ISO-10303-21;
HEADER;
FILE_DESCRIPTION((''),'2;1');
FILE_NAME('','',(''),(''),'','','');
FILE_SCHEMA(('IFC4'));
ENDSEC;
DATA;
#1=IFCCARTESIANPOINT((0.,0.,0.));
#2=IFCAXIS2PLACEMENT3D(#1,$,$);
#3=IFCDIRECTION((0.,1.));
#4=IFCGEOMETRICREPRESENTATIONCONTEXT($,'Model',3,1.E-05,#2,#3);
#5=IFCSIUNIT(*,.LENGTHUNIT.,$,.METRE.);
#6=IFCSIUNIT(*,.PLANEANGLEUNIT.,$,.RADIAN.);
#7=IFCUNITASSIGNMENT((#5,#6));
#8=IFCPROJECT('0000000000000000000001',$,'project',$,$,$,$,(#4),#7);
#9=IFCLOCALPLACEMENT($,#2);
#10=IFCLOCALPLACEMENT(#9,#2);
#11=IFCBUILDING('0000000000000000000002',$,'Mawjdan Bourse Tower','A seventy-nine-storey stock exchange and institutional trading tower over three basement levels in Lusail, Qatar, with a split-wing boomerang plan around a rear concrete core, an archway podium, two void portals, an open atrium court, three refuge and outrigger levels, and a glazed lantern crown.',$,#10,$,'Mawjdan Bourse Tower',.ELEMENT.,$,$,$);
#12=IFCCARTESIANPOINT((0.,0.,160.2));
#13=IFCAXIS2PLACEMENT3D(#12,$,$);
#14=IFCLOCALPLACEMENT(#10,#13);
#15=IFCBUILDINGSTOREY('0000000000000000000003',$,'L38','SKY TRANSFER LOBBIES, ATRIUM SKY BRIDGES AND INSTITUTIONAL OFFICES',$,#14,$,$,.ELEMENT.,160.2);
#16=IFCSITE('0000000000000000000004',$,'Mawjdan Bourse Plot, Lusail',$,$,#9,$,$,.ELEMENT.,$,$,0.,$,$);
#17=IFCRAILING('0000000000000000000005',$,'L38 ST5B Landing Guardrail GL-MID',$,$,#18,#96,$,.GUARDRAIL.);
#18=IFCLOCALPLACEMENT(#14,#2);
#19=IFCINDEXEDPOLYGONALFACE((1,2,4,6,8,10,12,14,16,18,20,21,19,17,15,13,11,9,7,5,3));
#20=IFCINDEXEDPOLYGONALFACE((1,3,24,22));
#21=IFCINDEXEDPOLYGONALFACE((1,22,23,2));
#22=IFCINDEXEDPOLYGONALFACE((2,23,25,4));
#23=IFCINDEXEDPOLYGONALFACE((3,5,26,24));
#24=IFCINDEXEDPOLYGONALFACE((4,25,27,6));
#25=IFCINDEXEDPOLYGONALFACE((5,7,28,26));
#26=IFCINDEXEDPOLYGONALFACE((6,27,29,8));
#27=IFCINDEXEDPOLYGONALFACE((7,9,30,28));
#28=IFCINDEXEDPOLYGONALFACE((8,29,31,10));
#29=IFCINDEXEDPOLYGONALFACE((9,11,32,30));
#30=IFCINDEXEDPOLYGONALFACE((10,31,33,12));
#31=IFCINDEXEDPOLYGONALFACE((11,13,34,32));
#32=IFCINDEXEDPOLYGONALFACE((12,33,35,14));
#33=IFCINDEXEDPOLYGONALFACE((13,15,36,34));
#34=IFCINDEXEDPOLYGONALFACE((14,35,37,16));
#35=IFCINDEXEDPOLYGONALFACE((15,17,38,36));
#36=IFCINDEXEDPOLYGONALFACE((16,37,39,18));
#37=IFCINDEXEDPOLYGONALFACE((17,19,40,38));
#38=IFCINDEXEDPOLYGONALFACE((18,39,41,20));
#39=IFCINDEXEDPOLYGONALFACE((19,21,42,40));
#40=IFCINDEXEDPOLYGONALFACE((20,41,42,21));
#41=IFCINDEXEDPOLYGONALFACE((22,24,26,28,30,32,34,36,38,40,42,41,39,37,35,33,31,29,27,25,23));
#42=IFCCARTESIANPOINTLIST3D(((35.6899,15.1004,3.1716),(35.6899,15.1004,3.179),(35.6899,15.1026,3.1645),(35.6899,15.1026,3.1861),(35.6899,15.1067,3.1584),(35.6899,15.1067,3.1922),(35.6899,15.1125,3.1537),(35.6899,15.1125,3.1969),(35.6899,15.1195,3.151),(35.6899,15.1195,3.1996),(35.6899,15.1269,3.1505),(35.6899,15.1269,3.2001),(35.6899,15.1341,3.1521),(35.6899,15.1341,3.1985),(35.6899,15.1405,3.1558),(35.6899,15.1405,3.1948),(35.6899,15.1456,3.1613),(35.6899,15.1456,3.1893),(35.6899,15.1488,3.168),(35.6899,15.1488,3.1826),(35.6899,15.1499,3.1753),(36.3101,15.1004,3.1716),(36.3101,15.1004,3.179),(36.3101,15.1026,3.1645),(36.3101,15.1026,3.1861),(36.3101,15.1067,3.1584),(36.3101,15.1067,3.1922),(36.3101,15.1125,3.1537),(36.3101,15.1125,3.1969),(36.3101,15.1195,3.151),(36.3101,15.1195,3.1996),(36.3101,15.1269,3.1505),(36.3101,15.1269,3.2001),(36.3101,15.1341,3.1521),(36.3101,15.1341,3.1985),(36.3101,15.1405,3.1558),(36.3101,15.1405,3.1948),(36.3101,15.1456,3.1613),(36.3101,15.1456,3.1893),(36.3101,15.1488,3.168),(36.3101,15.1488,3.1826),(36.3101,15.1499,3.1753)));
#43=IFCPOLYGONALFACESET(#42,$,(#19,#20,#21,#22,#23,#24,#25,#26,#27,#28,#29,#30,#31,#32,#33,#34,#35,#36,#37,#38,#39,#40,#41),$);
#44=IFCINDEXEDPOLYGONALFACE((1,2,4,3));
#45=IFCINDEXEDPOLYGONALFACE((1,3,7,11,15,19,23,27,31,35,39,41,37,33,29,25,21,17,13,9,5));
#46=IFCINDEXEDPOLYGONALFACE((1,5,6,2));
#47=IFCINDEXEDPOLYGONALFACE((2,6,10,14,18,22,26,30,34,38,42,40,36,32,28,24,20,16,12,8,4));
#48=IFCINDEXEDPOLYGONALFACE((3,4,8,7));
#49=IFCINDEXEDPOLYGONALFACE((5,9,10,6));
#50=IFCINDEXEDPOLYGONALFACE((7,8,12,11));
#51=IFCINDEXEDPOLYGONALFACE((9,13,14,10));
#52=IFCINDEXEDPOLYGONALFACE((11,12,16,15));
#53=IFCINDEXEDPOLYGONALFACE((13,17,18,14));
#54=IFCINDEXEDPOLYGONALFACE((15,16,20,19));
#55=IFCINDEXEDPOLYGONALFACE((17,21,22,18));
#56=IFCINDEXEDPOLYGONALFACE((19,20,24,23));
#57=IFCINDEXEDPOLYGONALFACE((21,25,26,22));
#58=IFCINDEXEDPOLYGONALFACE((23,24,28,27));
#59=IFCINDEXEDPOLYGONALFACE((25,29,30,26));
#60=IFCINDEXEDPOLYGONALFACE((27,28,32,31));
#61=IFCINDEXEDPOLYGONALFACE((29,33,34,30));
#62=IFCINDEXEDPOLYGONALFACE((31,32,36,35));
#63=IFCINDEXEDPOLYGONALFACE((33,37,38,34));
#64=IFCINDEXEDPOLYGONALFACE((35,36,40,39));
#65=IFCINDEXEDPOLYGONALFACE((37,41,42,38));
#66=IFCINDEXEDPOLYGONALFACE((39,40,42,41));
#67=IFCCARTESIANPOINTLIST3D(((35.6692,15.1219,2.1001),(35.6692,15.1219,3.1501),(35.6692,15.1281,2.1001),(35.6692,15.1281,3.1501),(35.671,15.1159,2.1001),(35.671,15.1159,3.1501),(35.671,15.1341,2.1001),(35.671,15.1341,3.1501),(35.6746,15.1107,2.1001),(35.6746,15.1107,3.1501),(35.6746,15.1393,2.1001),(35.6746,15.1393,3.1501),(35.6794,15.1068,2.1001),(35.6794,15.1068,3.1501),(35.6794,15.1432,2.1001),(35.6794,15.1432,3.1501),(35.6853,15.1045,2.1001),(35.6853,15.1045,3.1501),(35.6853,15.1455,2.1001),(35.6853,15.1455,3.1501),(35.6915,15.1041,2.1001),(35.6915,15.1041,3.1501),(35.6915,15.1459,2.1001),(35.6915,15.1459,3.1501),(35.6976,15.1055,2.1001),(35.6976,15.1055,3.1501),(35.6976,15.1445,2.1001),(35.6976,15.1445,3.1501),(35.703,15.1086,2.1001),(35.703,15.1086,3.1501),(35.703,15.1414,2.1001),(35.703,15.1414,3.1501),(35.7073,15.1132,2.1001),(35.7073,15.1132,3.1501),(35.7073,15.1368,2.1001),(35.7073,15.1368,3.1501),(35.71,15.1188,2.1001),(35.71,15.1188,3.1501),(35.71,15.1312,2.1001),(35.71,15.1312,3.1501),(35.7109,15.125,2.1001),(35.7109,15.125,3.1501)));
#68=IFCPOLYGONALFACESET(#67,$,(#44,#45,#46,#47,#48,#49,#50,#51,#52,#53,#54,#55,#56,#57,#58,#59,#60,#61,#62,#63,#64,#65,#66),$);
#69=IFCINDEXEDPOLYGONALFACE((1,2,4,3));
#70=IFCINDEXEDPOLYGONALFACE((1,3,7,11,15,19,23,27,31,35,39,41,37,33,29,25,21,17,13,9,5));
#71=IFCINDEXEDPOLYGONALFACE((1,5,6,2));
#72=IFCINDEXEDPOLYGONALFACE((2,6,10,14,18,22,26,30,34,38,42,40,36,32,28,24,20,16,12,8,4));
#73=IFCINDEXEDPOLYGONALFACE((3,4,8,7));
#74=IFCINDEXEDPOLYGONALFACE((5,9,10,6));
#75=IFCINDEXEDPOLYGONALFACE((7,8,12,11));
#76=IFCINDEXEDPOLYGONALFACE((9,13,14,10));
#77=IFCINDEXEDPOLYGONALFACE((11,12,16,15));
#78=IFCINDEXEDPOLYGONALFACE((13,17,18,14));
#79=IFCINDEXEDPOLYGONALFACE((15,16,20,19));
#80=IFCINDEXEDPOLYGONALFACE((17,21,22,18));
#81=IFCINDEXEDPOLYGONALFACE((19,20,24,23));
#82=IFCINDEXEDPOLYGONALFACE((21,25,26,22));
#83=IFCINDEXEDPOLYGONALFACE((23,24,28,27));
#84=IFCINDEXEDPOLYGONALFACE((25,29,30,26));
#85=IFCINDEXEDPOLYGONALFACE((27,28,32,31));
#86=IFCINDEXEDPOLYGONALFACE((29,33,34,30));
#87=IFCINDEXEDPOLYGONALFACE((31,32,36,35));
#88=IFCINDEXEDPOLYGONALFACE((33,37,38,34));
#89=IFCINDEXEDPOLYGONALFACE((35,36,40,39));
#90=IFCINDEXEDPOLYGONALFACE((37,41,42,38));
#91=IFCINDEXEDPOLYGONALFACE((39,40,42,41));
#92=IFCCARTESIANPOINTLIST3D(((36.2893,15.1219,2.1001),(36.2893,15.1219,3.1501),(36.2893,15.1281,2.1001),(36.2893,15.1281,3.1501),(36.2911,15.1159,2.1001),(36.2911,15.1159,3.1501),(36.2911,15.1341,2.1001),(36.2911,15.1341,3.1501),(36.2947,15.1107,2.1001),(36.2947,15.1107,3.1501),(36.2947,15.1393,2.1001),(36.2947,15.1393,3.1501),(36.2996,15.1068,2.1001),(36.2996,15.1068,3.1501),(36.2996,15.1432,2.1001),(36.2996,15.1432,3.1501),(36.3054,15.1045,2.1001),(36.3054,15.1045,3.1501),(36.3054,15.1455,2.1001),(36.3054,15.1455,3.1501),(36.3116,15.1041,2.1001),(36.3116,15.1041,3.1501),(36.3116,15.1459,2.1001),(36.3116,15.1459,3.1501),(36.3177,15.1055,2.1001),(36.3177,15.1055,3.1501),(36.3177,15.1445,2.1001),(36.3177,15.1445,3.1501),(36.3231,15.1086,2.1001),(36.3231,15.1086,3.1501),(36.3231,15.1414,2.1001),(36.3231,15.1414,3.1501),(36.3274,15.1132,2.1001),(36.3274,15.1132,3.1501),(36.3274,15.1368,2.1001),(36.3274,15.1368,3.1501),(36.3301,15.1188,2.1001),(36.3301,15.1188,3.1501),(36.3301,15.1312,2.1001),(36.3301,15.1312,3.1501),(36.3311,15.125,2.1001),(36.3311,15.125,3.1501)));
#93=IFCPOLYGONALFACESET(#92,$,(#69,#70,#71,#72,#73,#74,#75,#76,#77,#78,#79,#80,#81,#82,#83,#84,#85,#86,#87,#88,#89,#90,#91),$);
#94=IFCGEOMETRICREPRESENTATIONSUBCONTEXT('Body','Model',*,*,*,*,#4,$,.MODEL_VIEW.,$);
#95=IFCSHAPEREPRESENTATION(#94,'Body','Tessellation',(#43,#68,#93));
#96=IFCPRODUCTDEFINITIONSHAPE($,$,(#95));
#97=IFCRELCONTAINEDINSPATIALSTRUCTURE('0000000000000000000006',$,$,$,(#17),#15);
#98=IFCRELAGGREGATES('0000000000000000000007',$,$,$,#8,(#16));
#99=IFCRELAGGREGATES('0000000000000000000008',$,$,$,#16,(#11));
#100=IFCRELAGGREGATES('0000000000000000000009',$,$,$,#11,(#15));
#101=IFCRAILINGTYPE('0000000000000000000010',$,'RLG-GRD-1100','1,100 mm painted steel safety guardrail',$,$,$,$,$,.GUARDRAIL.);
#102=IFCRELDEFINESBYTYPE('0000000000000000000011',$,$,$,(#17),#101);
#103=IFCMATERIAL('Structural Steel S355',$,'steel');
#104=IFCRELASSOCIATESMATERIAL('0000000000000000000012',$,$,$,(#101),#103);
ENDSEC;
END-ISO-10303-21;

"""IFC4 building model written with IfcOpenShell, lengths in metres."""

from ifc_helpers import new_model, si_unit, direction, frame, origin, origin_2d, place, context, subcontext, project, spatial, circle, extrude, material, type_object, element, save


model = new_model("IFC4")

# Units and contexts
model_context = context("Model", 3, precision=1e-05, world=origin(), true_north=direction((0.0, 1.0)))
body_context = subcontext(model_context, "Body", "Model", "MODEL_VIEW")
ifc_project = project(units=[si_unit("LENGTHUNIT", "METRE"), si_unit("PLANEANGLEUNIT", "RADIAN")], contexts=[model_context])

# Site, building, storey
site_placement = place(None, origin())
site = spatial("IfcSite", under=ifc_project, at=site_placement, Name="Mawjdan Bourse Plot, Lusail", CompositionType="ELEMENT", RefElevation=0.0)
building_placement = place(site_placement, origin())
building = spatial("IfcBuilding", under=site, at=building_placement, Name="Mawjdan Bourse Tower", Description="A seventy-nine-storey stock exchange and institutional trading tower over three basement levels in Lusail, Qatar, with a split-wing boomerang plan around a rear concrete core, an archway podium, two void portals, an open atrium court, three refuge and outrigger levels, and a glazed lantern crown.", LongName="Mawjdan Bourse Tower", CompositionType="ELEMENT")
storey_placement = place(building_placement, frame((0.0, 0.0, 160.2)))
storey = spatial("IfcBuildingStorey", under=building, at=storey_placement, Name="L38", Description="SKY TRANSFER LOBBIES, ATRIUM SKY BRIDGES AND INSTITUTIONAL OFFICES", CompositionType="ELEMENT", Elevation=160.2)

# Shared definitions
ifc_material_1 = material(Name="Structural Steel S355", Category="steel")

# Railing
railing_type_1 = type_object("IfcRailingType", Name="RLG-GRD-1100", Description="1,100 mm painted steel safety guardrail", PredefinedType="GUARDRAIL", material=ifc_material_1)
railing_1_placement = place(storey_placement, frame((35.6899, 15.125, 2.1001)))
element("IfcRailing", 1, at=railing_1_placement, inside=storey, type_object=railing_type_1, Name="L38 ST5B Landing Guardrail GL-MID", PredefinedType="GUARDRAIL", context=body_context, shape_type="SweptSolid", body=[
    extrude(circle(Radius=0.0249, at=origin_2d()), frame((0.0, 0.0, 1.0752), z_axis=(1.0, 0.0, 0.0), x_axis=(0.0, 1.0, 0.0)), (0.0, 0.0, 1.0), 0.6201),
    extrude(circle(Radius=0.021, at=origin_2d()), origin(), (0.0, 0.0, 1.0), 1.05),
    extrude(circle(Radius=0.021, at=origin_2d()), frame((0.6201, 0.0, 0.0)), (0.0, 0.0, 1.0), 1.05),
])

save(model, "model.ifc")
